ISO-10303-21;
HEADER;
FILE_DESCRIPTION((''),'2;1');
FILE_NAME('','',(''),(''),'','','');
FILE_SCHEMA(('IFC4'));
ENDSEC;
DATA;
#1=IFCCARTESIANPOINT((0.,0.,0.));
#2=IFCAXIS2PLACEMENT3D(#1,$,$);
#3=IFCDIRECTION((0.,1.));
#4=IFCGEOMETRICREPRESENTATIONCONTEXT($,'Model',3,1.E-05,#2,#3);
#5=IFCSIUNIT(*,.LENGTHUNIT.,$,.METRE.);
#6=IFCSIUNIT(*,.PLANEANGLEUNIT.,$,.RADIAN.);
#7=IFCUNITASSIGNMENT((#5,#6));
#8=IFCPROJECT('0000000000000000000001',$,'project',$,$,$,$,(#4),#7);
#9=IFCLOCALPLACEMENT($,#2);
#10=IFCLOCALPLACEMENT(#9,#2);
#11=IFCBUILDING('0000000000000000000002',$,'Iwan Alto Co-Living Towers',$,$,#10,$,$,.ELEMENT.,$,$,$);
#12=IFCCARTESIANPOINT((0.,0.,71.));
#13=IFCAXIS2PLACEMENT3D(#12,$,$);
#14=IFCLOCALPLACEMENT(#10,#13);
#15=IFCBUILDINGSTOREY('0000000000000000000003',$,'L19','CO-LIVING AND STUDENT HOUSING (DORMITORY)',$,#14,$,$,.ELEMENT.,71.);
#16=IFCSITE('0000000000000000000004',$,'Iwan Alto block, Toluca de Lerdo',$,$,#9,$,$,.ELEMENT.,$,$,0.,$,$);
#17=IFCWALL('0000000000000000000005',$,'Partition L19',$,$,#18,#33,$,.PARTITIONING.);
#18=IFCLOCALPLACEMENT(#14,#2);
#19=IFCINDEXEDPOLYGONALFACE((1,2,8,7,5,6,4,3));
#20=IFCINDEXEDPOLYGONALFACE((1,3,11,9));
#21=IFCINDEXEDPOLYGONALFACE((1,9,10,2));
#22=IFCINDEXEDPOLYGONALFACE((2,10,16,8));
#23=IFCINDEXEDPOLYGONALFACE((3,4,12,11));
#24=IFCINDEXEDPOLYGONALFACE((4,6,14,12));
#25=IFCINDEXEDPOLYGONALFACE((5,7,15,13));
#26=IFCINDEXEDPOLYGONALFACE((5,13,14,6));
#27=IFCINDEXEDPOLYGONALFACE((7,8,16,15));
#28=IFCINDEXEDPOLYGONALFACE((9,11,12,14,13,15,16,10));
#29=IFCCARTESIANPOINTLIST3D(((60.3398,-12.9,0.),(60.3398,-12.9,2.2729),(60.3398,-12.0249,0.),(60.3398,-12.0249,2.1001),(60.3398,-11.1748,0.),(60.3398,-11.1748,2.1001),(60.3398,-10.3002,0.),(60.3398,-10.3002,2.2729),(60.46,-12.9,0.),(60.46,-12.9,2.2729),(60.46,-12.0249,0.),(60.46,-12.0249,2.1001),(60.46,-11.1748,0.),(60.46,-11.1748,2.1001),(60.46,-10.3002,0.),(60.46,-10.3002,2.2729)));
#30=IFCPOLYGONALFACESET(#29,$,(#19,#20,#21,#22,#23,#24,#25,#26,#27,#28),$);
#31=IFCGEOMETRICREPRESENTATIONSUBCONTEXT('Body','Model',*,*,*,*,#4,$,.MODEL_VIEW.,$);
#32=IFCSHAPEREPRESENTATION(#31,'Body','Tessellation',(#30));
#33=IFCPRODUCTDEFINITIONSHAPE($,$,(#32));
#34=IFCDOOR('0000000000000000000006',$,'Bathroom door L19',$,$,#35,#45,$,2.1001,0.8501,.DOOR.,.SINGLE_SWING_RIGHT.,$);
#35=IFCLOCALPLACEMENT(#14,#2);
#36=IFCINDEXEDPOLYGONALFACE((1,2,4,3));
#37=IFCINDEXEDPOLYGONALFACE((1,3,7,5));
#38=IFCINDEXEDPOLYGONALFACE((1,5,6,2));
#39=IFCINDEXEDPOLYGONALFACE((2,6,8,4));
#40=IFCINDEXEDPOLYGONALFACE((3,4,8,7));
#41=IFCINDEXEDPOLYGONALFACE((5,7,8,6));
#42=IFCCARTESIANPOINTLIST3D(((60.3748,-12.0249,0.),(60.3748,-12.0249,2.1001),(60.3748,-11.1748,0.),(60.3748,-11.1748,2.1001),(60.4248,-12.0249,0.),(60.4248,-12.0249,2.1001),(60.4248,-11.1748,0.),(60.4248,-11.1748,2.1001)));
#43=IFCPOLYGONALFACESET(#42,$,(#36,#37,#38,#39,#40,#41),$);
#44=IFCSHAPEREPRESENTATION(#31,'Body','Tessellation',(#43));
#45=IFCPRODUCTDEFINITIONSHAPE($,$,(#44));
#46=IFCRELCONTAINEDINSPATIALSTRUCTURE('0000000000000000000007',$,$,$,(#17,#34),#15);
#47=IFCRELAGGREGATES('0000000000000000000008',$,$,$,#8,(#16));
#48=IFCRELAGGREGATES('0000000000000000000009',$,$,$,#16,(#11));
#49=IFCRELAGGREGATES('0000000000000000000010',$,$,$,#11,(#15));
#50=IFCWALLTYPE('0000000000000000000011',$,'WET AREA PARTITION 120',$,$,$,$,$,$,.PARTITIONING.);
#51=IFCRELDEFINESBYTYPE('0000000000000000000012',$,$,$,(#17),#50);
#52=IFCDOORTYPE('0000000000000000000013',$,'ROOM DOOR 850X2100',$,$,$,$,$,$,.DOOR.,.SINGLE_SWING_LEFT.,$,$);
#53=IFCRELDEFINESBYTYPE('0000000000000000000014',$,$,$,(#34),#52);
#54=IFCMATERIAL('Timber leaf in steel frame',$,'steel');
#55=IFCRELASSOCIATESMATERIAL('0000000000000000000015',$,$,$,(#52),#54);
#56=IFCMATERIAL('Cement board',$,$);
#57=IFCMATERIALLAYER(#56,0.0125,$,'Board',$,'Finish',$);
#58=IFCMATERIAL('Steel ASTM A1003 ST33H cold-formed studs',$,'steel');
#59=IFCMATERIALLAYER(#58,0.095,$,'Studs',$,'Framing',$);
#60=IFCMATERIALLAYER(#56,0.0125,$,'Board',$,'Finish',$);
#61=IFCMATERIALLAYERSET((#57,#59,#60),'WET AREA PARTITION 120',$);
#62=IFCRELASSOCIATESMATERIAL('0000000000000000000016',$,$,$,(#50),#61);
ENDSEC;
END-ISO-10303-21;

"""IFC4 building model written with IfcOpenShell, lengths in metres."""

from ifc_helpers import new_model, si_unit, direction, frame, frame_2d, origin, place, context, subcontext, project, spatial, rectangle, extrude, material, layer, layer_set, type_object, element, fill, save


model = new_model("IFC4")

# Units and contexts
model_context = context("Model", 3, precision=1e-05, world=origin(), true_north=direction((0.0, 1.0)))
body_context = subcontext(model_context, "Body", "Model", "MODEL_VIEW")
ifc_project = project(units=[si_unit("LENGTHUNIT", "METRE"), si_unit("PLANEANGLEUNIT", "RADIAN")], contexts=[model_context])

# Site, building, storey
site_placement = place(None, origin())
site = spatial("IfcSite", under=ifc_project, at=site_placement, Name="Iwan Alto block, Toluca de Lerdo", CompositionType="ELEMENT", RefElevation=0.0)
building_placement = place(site_placement, origin())
building = spatial("IfcBuilding", under=site, at=building_placement, Name="Iwan Alto Co-Living Towers", CompositionType="ELEMENT")
storey_placement = place(building_placement, frame((0.0, 0.0, 71.0)))
storey = spatial("IfcBuildingStorey", under=building, at=storey_placement, Name="L19", Description="CO-LIVING AND STUDENT HOUSING (DORMITORY)", CompositionType="ELEMENT", Elevation=71.0)

# Shared definitions
ifc_material_1 = material(Name="Steel ASTM A1003 ST33H cold-formed studs", Category="steel")

# Shared definitions
ifc_material_2 = material(Name="Timber leaf in steel frame", Category="steel")
door_type_1 = type_object("IfcDoorType", Name="ROOM DOOR 850X2100", OperationType="SINGLE_SWING_LEFT", PredefinedType="DOOR", material=ifc_material_2)

# Shared definitions
ifc_material_3 = material(Name="Cement board")
ifc_layer_1 = layer(ifc_material_3, 0.0125, Name="Board", Category="Finish")
ifc_layer_2 = layer(ifc_material_1, 0.095, Name="Studs", Category="Framing")
ifc_layer_3 = layer(ifc_material_3, 0.0125, Name="Board", Category="Finish")
ifc_layer_set_1 = layer_set([ifc_layer_1, ifc_layer_2, ifc_layer_3], Name="WET AREA PARTITION 120")
wall_type_1 = type_object("IfcWallType", Name="WET AREA PARTITION 120", PredefinedType="PARTITIONING", material=ifc_layer_set_1)

# Wall, opening, door
wall_1_placement = place(storey_placement, frame((60.3999, -12.8999, 0.0), z_axis=(0.0, 0.0, 1.0), x_axis=(0.0, 1.0, 0.0)))
wall_1 = element("IfcWall", 1, at=wall_1_placement, inside=storey, type_object=wall_type_1, Name="Partition L19", PredefinedType="PARTITIONING", context=body_context, shape_type="SweptSolid", body=[
    extrude(rectangle(XDim=2.5999, YDim=0.1201, at=frame_2d((1.2998, 0.0))), origin(), (0.0, 0.0, 1.0), 2.2729),
])
opening_1_placement = place(wall_1_placement, frame((0.875, 0.0, 0.0)))
opening_1 = element("IfcOpeningElement", 2, at=opening_1_placement, cuts=wall_1, PredefinedType="OPENING", context=body_context, shape_type="SweptSolid", body=[
    extrude(rectangle(XDim=0.8501, YDim=2.1001, at=frame_2d((0.425, 1.05))), frame((0.0, 0.0701, 0.0), z_axis=(0.0, -1.0, 0.0), x_axis=(1.0, 0.0, 0.0)), (0.0, 0.0, 1.0), 0.1401),
])
door_1_placement = place(opening_1_placement, frame((0.8501, 0.0, 0.0), z_axis=(0.0, 0.0, 1.0), x_axis=(-1.0, 0.0, 0.0)))
door_1 = element("IfcDoor", 3, at=door_1_placement, inside=storey, type_object=door_type_1, Name="Bathroom door L19", OperationType="SINGLE_SWING_RIGHT", OverallHeight=2.1001, OverallWidth=0.8501, PredefinedType="DOOR", context=body_context, shape_type="SweptSolid", body=[
    extrude(rectangle(XDim=0.8501, YDim=2.1001, at=frame_2d((0.425, 1.05))), frame((0.0, 0.0249, 0.0), z_axis=(0.0, -1.0, 0.0), x_axis=(1.0, 0.0, 0.0)), (0.0, 0.0, 1.0), 0.05),
])
fill(opening_1, door_1)

save(model, "model.ifc")
